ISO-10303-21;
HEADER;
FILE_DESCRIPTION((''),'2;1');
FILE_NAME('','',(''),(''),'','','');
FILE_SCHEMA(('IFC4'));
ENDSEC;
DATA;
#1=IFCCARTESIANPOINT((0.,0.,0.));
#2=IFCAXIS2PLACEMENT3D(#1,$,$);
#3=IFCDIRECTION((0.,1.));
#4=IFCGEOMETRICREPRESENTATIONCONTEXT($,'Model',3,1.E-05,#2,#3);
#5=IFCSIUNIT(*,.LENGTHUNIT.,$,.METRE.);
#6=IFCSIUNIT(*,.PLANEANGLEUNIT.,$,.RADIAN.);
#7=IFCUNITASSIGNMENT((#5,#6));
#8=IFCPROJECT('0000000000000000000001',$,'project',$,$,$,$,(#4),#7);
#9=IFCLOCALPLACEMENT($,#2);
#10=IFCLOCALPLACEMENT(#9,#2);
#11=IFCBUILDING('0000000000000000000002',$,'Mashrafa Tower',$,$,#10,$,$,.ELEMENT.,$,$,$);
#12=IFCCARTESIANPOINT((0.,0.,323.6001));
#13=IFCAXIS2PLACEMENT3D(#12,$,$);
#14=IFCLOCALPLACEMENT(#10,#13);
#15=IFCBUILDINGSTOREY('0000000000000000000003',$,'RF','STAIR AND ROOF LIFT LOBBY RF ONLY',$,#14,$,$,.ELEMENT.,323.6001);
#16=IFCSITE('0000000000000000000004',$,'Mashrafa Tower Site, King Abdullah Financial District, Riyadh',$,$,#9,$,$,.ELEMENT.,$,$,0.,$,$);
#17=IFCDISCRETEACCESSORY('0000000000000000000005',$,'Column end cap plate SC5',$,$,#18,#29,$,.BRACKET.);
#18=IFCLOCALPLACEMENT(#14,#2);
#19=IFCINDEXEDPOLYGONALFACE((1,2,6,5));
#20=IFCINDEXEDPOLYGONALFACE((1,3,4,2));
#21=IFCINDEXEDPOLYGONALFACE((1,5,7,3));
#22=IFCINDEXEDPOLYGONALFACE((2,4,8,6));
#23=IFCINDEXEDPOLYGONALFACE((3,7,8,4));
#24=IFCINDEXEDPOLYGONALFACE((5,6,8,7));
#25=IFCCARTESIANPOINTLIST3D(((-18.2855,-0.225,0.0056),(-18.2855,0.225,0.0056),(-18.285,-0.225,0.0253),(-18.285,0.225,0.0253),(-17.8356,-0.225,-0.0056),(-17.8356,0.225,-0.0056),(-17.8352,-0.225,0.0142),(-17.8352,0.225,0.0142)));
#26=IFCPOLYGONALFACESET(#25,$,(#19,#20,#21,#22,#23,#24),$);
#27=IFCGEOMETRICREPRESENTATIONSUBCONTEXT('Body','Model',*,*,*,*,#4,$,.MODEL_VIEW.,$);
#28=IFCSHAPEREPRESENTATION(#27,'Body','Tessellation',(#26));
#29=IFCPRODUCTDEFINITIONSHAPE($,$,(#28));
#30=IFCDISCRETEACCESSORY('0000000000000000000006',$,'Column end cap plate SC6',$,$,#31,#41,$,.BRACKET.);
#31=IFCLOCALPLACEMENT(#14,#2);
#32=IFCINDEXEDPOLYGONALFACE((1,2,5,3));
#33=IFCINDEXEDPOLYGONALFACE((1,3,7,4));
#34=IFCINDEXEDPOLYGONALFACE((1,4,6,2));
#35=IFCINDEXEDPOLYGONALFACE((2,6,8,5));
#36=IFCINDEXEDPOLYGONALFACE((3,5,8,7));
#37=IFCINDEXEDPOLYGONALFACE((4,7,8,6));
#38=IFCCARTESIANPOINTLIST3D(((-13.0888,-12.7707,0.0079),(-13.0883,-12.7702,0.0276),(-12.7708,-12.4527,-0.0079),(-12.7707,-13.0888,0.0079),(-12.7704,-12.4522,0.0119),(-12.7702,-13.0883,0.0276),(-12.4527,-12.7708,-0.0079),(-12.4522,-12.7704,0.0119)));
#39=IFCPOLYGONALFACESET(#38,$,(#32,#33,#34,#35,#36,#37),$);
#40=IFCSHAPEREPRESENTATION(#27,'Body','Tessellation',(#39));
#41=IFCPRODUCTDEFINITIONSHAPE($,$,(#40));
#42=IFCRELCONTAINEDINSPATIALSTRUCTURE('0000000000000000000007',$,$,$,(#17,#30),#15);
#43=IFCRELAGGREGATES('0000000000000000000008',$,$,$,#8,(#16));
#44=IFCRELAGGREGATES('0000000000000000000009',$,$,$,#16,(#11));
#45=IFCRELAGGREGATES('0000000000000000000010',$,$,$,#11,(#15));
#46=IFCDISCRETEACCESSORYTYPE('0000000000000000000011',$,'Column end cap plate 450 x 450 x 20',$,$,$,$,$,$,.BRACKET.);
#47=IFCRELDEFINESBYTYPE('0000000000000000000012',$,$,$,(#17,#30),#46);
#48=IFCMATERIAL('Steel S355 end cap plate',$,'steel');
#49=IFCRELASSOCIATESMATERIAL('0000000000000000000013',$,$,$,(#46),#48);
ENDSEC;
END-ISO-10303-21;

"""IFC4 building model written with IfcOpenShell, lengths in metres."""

from ifc_helpers import new_model, si_unit, direction, frame, origin, origin_2d, place, context, subcontext, project, spatial, rectangle, extrude, material, type_object, element, save


model = new_model("IFC4")

# Units and contexts
model_context = context("Model", 3, precision=1e-05, world=origin(), true_north=direction((0.0, 1.0)))
body_context = subcontext(model_context, "Body", "Model", "MODEL_VIEW")
ifc_project = project(units=[si_unit("LENGTHUNIT", "METRE"), si_unit("PLANEANGLEUNIT", "RADIAN")], contexts=[model_context])

# Site, building, storey
site_placement = place(None, origin())
site = spatial("IfcSite", under=ifc_project, at=site_placement, Name="Mashrafa Tower Site, King Abdullah Financial District, Riyadh", CompositionType="ELEMENT", RefElevation=0.0)
building_placement = place(site_placement, origin())
building = spatial("IfcBuilding", under=site, at=building_placement, Name="Mashrafa Tower", CompositionType="ELEMENT")
storey_placement = place(building_placement, frame((0.0, 0.0, 323.6001)))
storey = spatial("IfcBuildingStorey", under=building, at=storey_placement, Name="RF", Description="STAIR AND ROOF LIFT LOBBY RF ONLY", CompositionType="ELEMENT", Elevation=323.6001)

# Discrete accessories
ifc_material_1 = material(Name="Steel S355 end cap plate", Category="steel")
discrete_accessory_type = type_object("IfcDiscreteAccessoryType", Name="Column end cap plate 450 x 450 x 20", PredefinedType="BRACKET", material=ifc_material_1)
for number, where, z_axis, x_axis, name in (
    (1, (-18.0605, 0.0, 0.0), (0.024684, 0.0, 0.999695), (0.0, 1.0, 0.0), "Column end cap plate SC5"),
    (2, (-12.7708, -12.7708, 0.0), (0.024676, 0.024676, 0.999391), (-0.707107, 0.707107, 0.0), "Column end cap plate SC6"),
):
    element("IfcDiscreteAccessory", number, at=place(storey_placement, frame(where, z_axis=z_axis, x_axis=x_axis)), inside=storey, type_object=discrete_accessory_type, Name=name, PredefinedType="BRACKET", context=body_context, shape_type="SweptSolid", body=[
        extrude(rectangle(XDim=0.45, YDim=0.45, at=origin_2d()), origin(), (0.0, 0.0, 1.0), 0.0198),
    ])

save(model, "model.ifc")
